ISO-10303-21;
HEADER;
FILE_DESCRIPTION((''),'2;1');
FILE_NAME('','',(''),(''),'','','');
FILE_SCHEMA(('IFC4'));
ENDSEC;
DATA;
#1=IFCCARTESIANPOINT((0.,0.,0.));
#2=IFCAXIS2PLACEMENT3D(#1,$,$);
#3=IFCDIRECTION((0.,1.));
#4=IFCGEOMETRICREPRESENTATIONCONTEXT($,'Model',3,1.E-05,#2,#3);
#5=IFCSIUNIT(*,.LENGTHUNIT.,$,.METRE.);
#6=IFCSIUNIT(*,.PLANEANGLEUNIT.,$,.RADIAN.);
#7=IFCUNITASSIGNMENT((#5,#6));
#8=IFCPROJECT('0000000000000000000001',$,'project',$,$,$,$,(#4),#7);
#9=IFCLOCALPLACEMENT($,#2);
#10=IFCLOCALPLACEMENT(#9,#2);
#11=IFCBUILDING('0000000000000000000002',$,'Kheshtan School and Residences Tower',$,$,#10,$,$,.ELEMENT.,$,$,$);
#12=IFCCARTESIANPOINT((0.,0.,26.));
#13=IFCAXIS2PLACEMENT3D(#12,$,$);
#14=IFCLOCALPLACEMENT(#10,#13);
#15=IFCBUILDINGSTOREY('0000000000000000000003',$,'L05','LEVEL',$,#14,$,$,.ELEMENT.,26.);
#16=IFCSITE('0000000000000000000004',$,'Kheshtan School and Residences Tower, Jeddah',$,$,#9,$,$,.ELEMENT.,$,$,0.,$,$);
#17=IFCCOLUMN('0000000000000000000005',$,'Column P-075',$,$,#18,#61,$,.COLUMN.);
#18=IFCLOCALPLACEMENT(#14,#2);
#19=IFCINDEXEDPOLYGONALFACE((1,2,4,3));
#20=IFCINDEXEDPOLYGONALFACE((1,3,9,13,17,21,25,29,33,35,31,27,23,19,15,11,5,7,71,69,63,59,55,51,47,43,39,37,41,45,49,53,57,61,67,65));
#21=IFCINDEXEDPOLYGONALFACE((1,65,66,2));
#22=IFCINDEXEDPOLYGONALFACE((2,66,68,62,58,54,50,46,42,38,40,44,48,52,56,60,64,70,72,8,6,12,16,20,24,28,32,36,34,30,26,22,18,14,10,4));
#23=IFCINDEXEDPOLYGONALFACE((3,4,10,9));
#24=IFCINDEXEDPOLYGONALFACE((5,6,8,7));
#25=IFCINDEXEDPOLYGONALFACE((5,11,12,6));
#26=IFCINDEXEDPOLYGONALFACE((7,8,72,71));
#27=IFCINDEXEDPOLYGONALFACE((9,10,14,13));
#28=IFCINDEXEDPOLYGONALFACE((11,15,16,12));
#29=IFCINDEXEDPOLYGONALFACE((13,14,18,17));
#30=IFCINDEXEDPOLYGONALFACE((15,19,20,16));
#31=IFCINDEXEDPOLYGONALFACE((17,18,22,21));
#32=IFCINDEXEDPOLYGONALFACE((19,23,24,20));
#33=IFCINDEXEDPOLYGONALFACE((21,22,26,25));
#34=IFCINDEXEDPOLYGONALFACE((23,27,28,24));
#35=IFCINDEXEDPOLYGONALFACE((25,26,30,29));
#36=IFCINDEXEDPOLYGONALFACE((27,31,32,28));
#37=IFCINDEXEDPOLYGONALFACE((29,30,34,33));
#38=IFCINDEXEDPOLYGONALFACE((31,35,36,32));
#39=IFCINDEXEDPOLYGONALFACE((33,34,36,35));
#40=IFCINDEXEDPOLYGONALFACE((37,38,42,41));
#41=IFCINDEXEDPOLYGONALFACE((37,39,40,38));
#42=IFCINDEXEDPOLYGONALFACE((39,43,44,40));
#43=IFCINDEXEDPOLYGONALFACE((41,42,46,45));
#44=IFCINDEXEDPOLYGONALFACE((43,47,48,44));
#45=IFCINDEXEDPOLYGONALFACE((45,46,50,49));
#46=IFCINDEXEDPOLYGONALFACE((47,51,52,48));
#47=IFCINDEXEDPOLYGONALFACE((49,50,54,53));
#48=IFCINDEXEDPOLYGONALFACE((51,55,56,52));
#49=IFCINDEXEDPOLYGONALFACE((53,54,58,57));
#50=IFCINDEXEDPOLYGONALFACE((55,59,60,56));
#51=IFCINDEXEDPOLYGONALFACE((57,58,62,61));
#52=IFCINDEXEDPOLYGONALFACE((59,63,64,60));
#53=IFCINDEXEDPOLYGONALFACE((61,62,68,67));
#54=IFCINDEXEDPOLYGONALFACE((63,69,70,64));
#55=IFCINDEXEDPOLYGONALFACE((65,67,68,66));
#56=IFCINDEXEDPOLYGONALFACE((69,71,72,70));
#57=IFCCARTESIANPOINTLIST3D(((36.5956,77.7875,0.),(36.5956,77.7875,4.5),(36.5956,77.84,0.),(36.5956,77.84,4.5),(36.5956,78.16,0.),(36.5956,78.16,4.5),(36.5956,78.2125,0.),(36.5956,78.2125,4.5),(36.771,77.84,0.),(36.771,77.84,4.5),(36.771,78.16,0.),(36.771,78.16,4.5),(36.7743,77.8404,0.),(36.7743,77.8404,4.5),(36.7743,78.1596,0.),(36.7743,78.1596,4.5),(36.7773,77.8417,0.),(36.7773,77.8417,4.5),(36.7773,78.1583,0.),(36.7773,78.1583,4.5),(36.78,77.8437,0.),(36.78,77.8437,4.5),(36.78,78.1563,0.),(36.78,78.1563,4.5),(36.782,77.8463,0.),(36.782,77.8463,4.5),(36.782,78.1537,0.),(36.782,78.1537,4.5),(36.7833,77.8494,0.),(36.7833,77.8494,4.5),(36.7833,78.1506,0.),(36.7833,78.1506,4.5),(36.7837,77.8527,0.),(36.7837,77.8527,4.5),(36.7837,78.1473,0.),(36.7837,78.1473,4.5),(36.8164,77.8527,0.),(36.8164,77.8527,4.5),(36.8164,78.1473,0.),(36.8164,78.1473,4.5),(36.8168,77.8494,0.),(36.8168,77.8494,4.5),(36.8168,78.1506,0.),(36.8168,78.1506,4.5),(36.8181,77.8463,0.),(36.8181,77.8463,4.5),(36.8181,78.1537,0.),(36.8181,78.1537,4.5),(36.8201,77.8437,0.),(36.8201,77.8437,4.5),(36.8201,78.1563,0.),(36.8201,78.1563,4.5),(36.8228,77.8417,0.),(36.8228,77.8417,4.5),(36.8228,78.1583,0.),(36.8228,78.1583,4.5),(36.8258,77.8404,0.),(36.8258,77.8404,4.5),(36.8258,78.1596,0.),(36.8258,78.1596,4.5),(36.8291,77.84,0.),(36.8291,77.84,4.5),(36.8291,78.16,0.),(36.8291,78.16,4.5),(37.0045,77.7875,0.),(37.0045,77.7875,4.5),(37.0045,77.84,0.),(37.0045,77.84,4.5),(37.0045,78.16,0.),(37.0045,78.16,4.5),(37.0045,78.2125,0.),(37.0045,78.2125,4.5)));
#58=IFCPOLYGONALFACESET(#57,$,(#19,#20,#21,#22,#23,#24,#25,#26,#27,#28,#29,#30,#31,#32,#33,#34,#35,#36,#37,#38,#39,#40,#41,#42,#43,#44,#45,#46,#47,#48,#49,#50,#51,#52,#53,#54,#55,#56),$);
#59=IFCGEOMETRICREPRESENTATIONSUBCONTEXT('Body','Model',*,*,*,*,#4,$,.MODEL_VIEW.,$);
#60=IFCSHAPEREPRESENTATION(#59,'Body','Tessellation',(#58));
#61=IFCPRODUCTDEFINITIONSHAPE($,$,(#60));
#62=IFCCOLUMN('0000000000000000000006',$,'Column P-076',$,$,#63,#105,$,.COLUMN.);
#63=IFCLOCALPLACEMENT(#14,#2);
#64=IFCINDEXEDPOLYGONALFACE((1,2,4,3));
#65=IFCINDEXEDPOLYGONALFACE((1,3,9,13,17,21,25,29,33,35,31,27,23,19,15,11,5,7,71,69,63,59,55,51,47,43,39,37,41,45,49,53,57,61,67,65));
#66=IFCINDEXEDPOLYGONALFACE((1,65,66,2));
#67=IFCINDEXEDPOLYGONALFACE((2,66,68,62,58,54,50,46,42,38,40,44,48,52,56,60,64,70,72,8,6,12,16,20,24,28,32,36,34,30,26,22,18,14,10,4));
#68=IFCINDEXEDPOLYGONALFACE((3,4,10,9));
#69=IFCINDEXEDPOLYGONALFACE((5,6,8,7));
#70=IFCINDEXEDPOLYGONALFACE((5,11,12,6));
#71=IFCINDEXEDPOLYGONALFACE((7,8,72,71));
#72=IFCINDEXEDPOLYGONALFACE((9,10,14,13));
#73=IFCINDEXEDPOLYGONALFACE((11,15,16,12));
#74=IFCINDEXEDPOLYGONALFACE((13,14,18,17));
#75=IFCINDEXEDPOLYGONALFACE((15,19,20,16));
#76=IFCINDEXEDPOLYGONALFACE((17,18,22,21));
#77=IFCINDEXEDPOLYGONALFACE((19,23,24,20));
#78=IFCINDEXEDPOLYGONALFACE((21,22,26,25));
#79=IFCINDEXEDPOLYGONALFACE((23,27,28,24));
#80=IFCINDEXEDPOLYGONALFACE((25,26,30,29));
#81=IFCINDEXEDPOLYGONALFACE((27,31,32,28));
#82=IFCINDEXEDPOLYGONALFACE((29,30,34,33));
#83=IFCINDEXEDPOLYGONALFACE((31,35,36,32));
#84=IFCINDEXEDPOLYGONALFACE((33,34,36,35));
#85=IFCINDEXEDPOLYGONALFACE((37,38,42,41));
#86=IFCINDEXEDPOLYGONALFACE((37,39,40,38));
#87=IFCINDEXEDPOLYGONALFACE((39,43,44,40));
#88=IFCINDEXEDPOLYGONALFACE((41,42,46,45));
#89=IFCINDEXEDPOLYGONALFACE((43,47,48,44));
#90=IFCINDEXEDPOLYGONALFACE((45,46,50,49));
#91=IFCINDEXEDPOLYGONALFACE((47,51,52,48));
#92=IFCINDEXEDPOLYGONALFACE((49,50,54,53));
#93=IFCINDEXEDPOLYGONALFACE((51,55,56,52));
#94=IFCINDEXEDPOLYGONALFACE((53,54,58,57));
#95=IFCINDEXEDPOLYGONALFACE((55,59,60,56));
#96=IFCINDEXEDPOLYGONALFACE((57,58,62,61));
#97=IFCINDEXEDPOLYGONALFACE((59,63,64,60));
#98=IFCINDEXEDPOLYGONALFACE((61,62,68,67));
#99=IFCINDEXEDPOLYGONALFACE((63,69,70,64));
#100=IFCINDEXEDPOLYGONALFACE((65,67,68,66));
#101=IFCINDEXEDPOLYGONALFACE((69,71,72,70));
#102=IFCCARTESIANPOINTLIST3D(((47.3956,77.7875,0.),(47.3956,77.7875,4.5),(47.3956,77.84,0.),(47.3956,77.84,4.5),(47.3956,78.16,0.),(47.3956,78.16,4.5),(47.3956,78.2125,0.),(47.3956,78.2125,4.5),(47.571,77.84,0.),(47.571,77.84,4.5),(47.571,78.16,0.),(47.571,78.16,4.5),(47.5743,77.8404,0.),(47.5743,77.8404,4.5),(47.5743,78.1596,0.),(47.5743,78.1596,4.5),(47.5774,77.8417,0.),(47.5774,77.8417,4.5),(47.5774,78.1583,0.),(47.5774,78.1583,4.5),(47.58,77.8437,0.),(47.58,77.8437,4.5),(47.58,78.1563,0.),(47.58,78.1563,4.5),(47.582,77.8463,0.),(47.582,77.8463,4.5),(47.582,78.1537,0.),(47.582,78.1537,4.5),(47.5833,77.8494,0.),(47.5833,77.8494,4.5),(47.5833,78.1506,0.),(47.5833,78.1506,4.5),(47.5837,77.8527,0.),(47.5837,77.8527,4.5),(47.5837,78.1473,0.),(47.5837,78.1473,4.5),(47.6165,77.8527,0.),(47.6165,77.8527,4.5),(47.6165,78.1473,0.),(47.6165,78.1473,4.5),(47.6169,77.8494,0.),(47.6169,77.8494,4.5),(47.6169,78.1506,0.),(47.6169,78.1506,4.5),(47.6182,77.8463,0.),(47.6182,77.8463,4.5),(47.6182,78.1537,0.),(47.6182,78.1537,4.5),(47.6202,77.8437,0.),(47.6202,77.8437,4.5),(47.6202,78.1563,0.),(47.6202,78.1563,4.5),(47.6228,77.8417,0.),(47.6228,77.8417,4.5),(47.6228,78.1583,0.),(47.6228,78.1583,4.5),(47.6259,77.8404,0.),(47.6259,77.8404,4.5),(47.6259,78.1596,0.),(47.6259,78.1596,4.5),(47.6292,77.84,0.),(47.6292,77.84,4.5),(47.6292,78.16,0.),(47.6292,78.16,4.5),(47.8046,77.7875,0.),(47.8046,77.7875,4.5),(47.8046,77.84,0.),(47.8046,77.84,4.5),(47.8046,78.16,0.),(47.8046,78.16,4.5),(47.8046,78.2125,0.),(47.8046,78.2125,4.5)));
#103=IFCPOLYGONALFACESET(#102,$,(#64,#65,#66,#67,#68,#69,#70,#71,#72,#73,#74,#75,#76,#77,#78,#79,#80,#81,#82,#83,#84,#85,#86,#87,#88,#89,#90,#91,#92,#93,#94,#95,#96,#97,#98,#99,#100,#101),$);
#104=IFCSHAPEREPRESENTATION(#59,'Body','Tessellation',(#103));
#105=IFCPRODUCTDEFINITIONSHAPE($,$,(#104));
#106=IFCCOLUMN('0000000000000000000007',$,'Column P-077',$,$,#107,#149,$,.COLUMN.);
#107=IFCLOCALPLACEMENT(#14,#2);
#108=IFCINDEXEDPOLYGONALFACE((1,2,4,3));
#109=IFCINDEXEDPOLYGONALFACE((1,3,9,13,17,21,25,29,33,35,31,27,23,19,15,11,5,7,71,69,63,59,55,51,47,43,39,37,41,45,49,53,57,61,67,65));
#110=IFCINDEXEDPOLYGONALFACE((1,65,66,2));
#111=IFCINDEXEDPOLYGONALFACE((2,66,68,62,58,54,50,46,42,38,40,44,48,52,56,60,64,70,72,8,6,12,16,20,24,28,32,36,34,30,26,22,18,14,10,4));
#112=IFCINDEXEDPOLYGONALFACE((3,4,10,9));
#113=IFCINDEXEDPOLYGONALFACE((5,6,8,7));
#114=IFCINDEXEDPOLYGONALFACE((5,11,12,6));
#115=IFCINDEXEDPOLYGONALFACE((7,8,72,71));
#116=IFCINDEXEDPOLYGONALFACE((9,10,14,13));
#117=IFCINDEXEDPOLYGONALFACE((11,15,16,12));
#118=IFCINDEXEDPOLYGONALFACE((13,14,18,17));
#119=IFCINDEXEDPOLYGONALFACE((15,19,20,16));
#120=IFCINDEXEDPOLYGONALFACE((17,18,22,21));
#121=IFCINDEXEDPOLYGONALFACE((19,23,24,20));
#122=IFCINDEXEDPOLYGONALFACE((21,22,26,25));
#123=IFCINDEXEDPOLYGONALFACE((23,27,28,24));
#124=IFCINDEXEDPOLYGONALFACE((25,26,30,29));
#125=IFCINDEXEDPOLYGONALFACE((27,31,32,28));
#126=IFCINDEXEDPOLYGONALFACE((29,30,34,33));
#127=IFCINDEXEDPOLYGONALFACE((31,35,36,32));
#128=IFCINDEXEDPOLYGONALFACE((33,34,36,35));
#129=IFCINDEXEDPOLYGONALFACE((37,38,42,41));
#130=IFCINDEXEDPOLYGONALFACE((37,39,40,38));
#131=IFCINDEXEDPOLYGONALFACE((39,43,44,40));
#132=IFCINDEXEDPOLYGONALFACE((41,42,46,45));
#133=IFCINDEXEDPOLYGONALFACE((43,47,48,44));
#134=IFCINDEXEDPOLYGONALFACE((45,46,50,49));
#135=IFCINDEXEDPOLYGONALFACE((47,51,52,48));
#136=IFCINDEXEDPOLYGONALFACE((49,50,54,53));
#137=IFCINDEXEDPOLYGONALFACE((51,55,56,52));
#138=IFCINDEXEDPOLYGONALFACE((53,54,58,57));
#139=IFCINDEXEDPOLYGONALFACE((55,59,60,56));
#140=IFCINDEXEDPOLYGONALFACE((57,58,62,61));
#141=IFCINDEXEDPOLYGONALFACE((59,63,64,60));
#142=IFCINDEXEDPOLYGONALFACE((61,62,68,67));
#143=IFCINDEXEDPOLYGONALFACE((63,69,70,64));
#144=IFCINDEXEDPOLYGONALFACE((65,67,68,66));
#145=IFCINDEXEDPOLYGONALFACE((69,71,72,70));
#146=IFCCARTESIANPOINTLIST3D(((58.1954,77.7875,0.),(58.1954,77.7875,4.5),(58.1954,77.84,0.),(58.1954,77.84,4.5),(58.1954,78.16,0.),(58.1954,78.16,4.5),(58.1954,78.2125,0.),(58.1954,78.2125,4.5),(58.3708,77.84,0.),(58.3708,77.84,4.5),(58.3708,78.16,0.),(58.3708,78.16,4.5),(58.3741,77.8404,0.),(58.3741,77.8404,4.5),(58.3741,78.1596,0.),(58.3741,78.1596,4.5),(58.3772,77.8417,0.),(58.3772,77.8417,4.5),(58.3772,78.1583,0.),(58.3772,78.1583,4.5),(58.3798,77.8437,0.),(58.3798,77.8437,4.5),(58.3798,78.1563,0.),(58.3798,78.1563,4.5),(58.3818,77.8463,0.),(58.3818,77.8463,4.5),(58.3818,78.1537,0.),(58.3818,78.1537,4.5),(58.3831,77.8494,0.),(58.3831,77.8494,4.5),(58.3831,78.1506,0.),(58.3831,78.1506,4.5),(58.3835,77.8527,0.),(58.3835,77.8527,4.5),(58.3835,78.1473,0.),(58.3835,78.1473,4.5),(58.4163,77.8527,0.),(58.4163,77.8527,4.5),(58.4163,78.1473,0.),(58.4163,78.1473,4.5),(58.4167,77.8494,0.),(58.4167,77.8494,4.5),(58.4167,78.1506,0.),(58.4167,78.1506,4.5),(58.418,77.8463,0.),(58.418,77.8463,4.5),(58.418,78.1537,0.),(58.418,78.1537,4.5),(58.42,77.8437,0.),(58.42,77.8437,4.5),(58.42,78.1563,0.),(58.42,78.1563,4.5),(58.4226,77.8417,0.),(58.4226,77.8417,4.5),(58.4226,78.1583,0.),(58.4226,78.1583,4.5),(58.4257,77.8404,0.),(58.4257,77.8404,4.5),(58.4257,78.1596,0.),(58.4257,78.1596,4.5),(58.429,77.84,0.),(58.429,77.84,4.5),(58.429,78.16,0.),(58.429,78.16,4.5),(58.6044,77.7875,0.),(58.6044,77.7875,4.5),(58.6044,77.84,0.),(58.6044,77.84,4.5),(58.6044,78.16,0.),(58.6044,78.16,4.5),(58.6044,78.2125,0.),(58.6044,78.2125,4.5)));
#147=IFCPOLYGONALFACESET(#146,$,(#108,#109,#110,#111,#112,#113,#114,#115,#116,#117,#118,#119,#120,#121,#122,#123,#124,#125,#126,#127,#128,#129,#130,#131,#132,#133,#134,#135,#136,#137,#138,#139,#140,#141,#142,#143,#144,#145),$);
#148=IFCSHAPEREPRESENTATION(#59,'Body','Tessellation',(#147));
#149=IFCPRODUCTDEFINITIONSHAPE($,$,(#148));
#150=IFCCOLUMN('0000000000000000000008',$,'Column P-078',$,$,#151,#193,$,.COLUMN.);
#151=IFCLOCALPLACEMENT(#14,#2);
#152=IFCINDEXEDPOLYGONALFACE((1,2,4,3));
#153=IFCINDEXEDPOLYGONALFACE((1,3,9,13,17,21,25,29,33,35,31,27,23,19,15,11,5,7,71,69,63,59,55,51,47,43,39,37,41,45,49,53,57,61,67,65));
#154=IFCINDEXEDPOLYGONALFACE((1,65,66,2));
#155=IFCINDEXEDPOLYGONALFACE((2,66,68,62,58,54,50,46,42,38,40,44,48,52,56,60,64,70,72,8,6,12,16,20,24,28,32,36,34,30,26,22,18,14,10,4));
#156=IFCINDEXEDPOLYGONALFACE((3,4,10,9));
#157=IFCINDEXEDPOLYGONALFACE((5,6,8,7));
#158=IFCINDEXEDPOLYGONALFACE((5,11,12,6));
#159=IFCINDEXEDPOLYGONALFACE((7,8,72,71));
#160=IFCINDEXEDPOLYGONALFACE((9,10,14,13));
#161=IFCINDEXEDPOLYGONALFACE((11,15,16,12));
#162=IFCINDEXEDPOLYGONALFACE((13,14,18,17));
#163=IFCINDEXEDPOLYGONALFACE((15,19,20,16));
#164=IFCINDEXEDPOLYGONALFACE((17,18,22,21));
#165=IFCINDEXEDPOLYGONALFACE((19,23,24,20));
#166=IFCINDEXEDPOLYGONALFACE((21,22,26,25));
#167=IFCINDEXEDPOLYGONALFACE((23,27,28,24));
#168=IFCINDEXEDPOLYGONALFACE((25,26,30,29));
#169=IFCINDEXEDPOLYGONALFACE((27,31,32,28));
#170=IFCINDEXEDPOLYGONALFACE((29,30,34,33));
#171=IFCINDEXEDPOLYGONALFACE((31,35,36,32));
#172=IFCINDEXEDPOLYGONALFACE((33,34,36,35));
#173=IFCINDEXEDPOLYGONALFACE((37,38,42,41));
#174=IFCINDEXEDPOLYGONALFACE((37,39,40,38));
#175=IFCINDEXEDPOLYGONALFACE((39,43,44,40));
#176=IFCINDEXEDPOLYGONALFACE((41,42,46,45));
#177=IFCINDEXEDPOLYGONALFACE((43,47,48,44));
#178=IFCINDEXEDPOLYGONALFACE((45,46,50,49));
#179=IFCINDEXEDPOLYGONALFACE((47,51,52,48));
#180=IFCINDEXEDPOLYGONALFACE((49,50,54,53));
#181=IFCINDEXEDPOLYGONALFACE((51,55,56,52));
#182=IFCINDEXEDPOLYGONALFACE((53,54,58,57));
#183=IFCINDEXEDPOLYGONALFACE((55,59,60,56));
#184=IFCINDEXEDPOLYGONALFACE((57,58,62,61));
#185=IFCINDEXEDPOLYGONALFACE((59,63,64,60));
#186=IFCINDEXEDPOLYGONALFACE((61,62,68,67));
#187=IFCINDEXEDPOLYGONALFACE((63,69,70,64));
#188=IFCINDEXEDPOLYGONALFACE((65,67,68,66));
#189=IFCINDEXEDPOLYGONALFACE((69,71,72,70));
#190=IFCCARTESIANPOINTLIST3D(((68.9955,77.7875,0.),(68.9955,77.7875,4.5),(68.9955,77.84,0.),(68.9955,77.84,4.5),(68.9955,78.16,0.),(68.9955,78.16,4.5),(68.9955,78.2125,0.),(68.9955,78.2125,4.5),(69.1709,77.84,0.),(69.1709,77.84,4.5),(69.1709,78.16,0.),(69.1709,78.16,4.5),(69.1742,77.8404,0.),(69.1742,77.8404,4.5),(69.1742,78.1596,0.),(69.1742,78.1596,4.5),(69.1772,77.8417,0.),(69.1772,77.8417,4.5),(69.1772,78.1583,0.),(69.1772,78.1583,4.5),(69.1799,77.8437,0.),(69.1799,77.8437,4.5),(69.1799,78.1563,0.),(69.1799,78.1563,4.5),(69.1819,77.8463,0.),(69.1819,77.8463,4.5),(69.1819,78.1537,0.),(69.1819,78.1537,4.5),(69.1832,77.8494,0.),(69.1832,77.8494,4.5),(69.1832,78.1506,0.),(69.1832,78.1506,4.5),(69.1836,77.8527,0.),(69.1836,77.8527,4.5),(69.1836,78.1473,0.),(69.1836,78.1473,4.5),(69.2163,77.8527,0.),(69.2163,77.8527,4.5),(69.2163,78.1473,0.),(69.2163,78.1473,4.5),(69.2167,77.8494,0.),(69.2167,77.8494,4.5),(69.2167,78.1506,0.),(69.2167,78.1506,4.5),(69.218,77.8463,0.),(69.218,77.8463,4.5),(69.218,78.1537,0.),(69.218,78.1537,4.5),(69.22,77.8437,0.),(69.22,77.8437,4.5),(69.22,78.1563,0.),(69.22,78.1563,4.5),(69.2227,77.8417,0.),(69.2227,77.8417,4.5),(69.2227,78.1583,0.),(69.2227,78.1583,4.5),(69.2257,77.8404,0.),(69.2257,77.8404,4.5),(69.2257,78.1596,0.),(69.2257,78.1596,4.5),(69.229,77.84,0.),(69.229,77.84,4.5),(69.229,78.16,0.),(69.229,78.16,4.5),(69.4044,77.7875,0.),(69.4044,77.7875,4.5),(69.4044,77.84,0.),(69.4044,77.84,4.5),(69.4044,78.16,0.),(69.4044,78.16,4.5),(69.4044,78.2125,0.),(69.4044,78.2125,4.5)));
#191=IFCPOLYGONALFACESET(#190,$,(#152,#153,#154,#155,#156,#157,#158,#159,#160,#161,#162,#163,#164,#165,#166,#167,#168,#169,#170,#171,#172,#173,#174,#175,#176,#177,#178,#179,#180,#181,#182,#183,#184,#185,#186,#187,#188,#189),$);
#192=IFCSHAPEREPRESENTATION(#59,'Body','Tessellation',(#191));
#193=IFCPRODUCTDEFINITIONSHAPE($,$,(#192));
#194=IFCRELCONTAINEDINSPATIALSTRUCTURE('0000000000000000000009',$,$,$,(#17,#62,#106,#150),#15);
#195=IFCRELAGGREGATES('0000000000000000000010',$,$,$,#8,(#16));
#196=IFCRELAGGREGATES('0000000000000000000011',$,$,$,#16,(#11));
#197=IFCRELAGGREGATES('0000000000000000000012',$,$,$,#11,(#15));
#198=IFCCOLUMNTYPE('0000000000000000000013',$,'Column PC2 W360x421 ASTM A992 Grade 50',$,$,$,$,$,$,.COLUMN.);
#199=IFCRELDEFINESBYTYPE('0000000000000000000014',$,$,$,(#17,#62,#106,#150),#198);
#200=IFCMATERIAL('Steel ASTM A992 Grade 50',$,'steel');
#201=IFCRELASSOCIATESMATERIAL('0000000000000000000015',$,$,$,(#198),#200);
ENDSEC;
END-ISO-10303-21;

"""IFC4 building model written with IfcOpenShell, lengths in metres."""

from ifc_helpers import new_model, si_unit, direction, frame, origin, origin_2d, place, context, subcontext, project, spatial, i_section, extrude, material, material_profile, profile_set, type_object, element, save


model = new_model("IFC4")

# Units and contexts
model_context = context("Model", 3, precision=1e-05, world=origin(), true_north=direction((0.0, 1.0)))
body_context = subcontext(model_context, "Body", "Model", "MODEL_VIEW")
ifc_project = project(units=[si_unit("LENGTHUNIT", "METRE"), si_unit("PLANEANGLEUNIT", "RADIAN")], contexts=[model_context])

# Site, building, storey
site_placement = place(None, origin())
site = spatial("IfcSite", under=ifc_project, at=site_placement, Name="Kheshtan School and Residences Tower, Jeddah", CompositionType="ELEMENT", RefElevation=0.0)
building_placement = place(site_placement, origin())
building = spatial("IfcBuilding", under=site, at=building_placement, Name="Kheshtan School and Residences Tower", CompositionType="ELEMENT")
storey_placement = place(building_placement, frame((0.0, 0.0, 26.0)))
storey = spatial("IfcBuildingStorey", under=building, at=storey_placement, Name="L05", Description="LEVEL", CompositionType="ELEMENT", Elevation=26.0)

# Columns
ifc_material_1 = material(Name="Steel ASTM A992 Grade 50", Category="steel")
ifc_material_profile_1 = material_profile(ifc_material_1, i_section(OverallWidth=0.4089, OverallDepth=0.425, WebThickness=0.0327, FlangeThickness=0.0525, FilletRadius=0.0127, at=origin_2d()), Name="W360x421")
ifc_profile_set_1 = profile_set([ifc_material_profile_1], Name="Steel ASTM A992 Grade 50")
column_type = type_object("IfcColumnType", Name="Column PC2 W360x421 ASTM A992 Grade 50", PredefinedType="COLUMN", material=ifc_profile_set_1)
for number, where, z_axis, x_axis, name in (
    (1, (36.8, 78.0, 0.0), (0.0, 0.0, 1.0), (1.0, 0.0, 0.0), "Column P-075"),
    (2, (47.6001, 78.0, 0.0), (0.0, 0.0, 1.0), (1.0, 0.0, 0.0), "Column P-076"),
    (3, (58.3999, 78.0, 0.0), (0.0, 0.0, 1.0), (1.0, 0.0, 0.0), "Column P-077"),
    (4, (69.2, 78.0, 0.0), (0.0, 0.0, 1.0), (1.0, 0.0, 0.0), "Column P-078"),
):
    element("IfcColumn", number, at=place(storey_placement, frame(where, z_axis=z_axis, x_axis=x_axis)), inside=storey, type_object=column_type, Name=name, PredefinedType="COLUMN", context=body_context, shape_type="SweptSolid", body=[
        extrude(i_section(OverallWidth=0.4089, OverallDepth=0.425, WebThickness=0.0327, FlangeThickness=0.0525, FilletRadius=0.0127, at=origin_2d()), origin(), (0.0, 0.0, 1.0), 4.5),
    ])

save(model, "model.ifc")
